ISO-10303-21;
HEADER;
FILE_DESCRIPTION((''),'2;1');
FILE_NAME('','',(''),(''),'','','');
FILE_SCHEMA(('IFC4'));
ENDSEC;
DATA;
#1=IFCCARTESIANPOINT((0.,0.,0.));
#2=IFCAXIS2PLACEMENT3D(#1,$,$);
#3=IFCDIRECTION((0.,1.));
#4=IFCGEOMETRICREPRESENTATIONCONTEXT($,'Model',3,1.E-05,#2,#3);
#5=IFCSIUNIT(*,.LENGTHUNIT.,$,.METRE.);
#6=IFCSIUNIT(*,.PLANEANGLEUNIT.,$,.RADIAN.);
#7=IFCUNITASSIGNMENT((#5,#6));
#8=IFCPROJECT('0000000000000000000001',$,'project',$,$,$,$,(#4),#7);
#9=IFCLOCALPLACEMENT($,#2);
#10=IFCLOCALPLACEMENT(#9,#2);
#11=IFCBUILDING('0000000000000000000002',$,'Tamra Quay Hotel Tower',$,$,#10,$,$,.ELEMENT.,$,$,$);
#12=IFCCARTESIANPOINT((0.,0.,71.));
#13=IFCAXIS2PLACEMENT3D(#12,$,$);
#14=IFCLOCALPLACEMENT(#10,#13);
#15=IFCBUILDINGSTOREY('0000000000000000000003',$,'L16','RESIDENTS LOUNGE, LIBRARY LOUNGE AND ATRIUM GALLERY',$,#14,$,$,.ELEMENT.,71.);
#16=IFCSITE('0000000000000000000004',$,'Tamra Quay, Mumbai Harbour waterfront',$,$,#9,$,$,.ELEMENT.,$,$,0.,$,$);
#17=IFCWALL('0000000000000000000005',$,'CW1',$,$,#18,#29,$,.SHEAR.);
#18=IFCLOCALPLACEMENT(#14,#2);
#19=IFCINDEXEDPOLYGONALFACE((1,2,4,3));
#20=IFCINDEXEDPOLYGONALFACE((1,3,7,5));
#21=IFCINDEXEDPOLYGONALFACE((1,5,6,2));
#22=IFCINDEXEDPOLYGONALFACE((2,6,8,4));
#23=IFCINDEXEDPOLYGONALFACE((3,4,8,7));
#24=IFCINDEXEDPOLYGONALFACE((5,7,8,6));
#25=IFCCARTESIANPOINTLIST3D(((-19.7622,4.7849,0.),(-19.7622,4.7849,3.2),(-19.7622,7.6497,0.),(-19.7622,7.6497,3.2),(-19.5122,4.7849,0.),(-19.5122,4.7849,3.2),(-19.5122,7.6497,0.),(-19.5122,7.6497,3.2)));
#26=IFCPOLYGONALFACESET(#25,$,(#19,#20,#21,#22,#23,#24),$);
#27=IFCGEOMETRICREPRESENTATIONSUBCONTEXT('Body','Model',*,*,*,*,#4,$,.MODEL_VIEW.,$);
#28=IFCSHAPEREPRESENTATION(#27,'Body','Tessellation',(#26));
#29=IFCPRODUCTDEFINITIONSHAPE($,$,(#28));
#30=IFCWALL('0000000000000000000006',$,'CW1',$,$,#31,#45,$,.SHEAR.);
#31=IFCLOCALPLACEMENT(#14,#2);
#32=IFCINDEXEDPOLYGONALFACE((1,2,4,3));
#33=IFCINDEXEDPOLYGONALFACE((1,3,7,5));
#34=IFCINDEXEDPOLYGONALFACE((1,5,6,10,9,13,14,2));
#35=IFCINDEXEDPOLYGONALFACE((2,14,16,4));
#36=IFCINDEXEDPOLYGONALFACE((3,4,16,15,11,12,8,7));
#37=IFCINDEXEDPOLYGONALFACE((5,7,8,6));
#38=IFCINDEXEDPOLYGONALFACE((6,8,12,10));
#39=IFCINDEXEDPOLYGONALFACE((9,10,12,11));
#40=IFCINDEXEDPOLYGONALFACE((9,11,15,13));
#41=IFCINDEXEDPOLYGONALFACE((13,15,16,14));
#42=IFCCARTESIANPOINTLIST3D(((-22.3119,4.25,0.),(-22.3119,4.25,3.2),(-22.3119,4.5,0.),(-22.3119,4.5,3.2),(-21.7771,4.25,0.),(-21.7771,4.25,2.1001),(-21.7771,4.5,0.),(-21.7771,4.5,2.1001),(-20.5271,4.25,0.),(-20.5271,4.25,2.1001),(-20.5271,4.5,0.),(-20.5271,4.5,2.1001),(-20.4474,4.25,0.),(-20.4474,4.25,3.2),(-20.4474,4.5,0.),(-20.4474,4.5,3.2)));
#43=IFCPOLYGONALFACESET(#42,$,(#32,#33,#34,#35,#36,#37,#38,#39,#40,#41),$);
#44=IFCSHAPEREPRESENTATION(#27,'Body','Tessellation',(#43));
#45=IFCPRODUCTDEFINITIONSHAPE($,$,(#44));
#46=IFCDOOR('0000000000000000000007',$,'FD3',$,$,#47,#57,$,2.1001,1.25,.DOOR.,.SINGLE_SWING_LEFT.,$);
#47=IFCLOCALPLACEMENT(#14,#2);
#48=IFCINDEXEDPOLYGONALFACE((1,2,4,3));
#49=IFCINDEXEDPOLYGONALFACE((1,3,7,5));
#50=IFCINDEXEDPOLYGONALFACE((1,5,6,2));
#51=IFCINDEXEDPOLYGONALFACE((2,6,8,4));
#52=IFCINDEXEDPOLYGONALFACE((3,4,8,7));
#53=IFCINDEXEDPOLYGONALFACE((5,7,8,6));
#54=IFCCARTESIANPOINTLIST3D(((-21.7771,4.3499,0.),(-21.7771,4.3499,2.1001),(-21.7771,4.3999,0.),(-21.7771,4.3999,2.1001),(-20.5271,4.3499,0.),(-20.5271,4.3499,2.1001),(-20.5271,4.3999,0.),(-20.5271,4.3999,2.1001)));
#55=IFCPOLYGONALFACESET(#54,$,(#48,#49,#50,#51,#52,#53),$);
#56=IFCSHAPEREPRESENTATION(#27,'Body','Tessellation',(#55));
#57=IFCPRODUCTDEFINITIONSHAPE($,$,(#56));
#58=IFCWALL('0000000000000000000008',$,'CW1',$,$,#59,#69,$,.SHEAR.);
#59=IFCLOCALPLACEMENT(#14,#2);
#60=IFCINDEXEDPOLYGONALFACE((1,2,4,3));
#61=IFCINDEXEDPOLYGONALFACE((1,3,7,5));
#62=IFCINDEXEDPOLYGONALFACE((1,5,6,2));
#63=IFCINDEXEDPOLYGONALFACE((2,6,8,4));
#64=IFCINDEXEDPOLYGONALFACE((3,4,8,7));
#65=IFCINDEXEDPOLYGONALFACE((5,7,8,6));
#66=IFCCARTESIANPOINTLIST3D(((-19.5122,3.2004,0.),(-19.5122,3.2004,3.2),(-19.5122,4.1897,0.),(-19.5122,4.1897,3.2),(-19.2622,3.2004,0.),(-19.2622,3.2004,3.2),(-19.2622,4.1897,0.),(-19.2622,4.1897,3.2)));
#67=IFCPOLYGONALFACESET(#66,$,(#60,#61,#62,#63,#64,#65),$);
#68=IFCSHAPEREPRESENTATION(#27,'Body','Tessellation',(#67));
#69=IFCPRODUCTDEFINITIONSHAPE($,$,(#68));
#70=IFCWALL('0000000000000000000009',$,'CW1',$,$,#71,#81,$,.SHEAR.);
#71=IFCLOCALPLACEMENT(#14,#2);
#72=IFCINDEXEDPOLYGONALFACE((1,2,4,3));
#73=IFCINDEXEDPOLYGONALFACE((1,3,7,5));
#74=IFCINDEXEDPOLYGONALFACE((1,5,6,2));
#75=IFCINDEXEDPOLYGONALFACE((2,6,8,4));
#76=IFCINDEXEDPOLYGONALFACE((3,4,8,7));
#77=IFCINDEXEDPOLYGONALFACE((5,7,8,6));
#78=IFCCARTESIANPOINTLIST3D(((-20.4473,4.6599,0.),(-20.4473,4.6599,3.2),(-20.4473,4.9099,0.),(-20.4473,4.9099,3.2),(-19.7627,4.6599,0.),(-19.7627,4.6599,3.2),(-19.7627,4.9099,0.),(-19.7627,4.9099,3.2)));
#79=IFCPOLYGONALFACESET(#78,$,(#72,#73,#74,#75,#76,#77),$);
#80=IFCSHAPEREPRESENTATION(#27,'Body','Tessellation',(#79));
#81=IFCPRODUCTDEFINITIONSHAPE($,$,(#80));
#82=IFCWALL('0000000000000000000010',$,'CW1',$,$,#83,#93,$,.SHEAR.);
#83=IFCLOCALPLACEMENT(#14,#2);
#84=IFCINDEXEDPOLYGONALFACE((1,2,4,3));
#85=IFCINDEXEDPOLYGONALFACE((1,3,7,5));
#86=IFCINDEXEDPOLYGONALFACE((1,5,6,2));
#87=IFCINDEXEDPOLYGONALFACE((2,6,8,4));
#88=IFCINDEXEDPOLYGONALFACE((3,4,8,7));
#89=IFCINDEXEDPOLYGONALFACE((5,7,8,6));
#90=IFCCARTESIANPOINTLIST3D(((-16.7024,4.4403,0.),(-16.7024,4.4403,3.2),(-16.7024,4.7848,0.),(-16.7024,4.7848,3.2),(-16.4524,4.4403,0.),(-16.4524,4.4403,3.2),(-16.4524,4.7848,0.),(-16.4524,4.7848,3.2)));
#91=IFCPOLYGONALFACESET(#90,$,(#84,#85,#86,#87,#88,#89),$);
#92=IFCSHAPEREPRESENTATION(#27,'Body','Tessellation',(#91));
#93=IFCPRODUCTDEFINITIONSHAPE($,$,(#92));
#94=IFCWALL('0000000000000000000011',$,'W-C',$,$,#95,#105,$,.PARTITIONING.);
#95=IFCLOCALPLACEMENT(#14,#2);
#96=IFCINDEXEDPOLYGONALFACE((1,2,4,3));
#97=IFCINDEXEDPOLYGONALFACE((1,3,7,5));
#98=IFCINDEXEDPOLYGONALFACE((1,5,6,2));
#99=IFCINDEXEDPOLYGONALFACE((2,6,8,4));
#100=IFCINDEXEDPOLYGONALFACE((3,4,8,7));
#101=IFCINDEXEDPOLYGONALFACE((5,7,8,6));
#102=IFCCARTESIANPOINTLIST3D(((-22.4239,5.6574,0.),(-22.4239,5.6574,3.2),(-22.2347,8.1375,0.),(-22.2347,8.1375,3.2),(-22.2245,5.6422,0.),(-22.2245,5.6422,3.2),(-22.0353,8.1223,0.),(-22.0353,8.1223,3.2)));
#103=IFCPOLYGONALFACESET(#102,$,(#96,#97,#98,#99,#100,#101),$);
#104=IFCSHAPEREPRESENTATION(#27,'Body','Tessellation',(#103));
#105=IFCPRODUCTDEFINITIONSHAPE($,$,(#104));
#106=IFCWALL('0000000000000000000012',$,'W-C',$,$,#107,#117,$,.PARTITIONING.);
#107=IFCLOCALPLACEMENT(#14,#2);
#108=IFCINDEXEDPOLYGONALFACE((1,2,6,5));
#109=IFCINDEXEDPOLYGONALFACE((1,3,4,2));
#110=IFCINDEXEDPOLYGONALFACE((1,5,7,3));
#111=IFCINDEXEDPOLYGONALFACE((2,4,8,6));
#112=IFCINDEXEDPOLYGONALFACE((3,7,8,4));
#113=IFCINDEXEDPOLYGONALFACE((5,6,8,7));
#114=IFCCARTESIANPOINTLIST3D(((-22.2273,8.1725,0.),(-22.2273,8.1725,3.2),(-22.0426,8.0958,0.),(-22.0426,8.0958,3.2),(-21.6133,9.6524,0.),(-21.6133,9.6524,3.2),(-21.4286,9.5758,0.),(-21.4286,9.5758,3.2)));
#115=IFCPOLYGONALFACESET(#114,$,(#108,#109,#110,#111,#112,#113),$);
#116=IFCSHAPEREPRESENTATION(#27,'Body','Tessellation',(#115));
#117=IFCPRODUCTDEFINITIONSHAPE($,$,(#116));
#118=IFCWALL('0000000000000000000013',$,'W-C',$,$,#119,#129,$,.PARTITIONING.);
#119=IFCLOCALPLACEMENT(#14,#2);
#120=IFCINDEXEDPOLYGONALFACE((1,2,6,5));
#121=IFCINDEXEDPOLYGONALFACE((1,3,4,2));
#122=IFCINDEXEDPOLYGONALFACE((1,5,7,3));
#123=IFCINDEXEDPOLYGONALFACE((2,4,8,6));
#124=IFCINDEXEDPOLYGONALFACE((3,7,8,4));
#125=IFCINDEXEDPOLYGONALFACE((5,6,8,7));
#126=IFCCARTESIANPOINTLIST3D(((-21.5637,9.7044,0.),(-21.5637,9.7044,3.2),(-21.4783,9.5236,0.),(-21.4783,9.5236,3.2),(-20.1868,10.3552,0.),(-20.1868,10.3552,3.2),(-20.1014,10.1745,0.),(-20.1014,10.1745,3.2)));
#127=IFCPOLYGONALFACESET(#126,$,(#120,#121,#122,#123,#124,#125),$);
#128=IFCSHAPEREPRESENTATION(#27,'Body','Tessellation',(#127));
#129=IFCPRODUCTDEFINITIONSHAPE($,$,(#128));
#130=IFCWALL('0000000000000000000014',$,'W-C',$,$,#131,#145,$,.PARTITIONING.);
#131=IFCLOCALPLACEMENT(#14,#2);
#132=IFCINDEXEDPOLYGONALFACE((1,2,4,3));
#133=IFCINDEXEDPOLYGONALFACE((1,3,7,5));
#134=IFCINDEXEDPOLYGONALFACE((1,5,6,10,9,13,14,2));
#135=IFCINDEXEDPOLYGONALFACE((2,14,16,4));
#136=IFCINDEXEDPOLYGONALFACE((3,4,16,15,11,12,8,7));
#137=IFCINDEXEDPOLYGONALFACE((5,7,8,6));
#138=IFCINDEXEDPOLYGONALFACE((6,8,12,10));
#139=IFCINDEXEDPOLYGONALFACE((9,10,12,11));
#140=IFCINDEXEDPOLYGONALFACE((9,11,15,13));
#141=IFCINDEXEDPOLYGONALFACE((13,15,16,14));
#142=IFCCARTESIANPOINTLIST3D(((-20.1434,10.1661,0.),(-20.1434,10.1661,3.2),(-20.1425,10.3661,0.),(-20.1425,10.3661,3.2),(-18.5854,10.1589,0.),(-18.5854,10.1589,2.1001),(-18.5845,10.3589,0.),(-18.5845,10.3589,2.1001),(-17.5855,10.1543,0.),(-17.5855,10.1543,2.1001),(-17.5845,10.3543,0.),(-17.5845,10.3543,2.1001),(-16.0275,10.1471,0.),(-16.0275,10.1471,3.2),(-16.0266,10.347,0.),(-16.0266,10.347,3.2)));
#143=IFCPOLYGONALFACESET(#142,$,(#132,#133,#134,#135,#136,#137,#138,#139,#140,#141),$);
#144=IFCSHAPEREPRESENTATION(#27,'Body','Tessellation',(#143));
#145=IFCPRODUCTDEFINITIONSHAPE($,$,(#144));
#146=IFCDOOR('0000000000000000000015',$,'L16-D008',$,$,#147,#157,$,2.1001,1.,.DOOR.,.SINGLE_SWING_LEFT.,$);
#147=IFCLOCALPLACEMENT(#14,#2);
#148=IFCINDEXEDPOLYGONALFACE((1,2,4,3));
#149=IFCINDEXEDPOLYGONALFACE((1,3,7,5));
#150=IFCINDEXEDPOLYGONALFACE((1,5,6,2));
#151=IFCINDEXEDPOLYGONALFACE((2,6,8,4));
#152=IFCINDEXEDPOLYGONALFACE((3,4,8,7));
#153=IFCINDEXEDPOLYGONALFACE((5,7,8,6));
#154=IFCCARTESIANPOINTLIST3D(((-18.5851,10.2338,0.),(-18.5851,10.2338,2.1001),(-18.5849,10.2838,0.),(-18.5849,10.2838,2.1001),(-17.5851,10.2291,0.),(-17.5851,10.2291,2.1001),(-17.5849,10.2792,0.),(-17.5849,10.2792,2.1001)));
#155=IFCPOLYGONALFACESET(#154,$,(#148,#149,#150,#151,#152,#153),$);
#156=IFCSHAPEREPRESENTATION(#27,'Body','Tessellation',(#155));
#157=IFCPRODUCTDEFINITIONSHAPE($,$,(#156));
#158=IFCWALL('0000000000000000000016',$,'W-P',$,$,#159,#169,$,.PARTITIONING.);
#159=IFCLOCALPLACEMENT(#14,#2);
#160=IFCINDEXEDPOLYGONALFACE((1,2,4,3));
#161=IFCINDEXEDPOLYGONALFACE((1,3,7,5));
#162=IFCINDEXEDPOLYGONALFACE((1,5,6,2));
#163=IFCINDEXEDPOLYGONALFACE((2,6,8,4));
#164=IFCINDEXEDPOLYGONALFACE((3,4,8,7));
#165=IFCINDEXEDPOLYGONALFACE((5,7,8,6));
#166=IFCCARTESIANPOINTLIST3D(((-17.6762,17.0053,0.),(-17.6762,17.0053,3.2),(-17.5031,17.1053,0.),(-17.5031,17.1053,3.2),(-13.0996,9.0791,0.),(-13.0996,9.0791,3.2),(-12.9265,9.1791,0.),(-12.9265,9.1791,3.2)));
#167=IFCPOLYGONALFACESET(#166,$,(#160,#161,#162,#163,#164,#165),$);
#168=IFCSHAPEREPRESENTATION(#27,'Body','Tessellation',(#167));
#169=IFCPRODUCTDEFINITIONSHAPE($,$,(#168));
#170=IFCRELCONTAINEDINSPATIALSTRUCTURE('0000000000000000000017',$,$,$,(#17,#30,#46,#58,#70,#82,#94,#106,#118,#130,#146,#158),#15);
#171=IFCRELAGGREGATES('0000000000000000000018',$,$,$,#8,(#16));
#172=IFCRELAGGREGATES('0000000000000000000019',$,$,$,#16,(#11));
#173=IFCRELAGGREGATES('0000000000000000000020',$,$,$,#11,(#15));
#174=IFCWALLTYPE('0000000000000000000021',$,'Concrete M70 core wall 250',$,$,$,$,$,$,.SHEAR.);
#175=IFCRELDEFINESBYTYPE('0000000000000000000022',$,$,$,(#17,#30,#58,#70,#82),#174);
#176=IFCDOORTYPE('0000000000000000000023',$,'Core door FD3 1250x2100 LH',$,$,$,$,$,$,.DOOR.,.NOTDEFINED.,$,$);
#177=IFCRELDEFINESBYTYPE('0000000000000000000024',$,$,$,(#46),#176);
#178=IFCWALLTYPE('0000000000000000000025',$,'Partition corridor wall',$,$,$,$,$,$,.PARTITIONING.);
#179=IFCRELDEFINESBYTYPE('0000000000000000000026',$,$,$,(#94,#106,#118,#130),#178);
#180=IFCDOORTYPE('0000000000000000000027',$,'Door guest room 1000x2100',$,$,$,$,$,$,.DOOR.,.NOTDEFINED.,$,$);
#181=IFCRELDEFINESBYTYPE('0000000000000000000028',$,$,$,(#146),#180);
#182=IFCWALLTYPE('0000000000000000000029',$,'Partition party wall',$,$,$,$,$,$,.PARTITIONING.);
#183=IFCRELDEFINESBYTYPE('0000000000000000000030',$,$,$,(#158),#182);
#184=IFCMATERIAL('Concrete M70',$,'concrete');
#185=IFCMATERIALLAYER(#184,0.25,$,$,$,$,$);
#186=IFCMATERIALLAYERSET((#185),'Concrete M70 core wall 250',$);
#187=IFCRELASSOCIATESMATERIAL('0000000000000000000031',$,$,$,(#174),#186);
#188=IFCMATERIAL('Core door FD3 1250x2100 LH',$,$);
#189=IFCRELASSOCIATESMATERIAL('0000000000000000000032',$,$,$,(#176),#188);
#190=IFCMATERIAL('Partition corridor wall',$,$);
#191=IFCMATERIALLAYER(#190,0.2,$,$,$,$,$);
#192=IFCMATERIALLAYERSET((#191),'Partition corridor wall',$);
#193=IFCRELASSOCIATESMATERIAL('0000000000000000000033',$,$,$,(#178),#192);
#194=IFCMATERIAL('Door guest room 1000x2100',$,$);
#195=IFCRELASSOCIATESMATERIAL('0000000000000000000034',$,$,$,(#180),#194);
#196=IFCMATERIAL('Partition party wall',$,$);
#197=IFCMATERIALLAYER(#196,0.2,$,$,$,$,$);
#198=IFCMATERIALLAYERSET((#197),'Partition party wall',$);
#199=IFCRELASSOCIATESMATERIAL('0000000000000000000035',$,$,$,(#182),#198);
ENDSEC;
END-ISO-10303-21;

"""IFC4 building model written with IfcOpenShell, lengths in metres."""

from ifc_helpers import new_model, si_unit, direction, frame, frame_2d, origin, place, context, subcontext, project, spatial, rectangle, extrude, material, layer, layer_set, type_object, element, fill, save


model = new_model("IFC4")

# Units and contexts
model_context = context("Model", 3, precision=1e-05, world=origin(), true_north=direction((0.0, 1.0)))
body_context = subcontext(model_context, "Body", "Model", "MODEL_VIEW")
ifc_project = project(units=[si_unit("LENGTHUNIT", "METRE"), si_unit("PLANEANGLEUNIT", "RADIAN")], contexts=[model_context])

# Site, building, storey
site_placement = place(None, origin())
site = spatial("IfcSite", under=ifc_project, at=site_placement, Name="Tamra Quay, Mumbai Harbour waterfront", CompositionType="ELEMENT", RefElevation=0.0)
building_placement = place(site_placement, origin())
building = spatial("IfcBuilding", under=site, at=building_placement, Name="Tamra Quay Hotel Tower", CompositionType="ELEMENT")
storey_placement = place(building_placement, frame((0.0, 0.0, 71.0)))
storey = spatial("IfcBuildingStorey", under=building, at=storey_placement, Name="L16", Description="RESIDENTS LOUNGE, LIBRARY LOUNGE AND ATRIUM GALLERY", CompositionType="ELEMENT", Elevation=71.0)

# Shared definitions
ifc_material_1 = material(Name="Concrete M70", Category="concrete")

# Wall
ifc_layer_1 = layer(ifc_material_1, 0.25)
ifc_layer_set_1 = layer_set([ifc_layer_1], Name="Concrete M70 core wall 250")
wall_type_1 = type_object("IfcWallType", Name="Concrete M70 core wall 250", PredefinedType="SHEAR", material=ifc_layer_set_1)
for number, where, z_axis, x_axis, name in (
    (1, (-19.6372, 4.7849, 0.0), (0.0, 0.0, 1.0), (0.0, 1.0, 0.0), "CW1"),
):
    element("IfcWall", number, at=place(storey_placement, frame(where, z_axis=z_axis, x_axis=x_axis)), inside=storey, type_object=wall_type_1, Name=name, PredefinedType="SHEAR", context=body_context, shape_type="SweptSolid", body=[
        extrude(rectangle(XDim=2.8647, YDim=0.25, at=frame_2d((1.4324, 0.0))), origin(), (0.0, 0.0, 1.0), 3.2),
    ])

# Wall, opening, door
wall_1_placement = place(storey_placement, frame((-22.3118, 4.375, 0.0), z_axis=(0.0, 0.0, 1.0), x_axis=(1.0, 0.0, 0.0)))
wall_1 = element("IfcWall", 2, at=wall_1_placement, inside=storey, type_object=wall_type_1, Name="CW1", PredefinedType="SHEAR", context=body_context, shape_type="SweptSolid", body=[
    extrude(rectangle(XDim=1.8645, YDim=0.25, at=frame_2d((0.9321, 0.0))), origin(), (0.0, 0.0, 1.0), 3.2),
])
opening_1_placement = place(wall_1_placement, frame((0.5347, 0.0, 0.0)))
opening_1 = element("IfcOpeningElement", 3, at=opening_1_placement, cuts=wall_1, PredefinedType="OPENING", context=body_context, shape_type="SweptSolid", body=[
    extrude(rectangle(XDim=1.25, YDim=2.1001, at=frame_2d((0.625, 1.05))), frame((0.0, 0.135, 0.0), z_axis=(0.0, -1.0, 0.0), x_axis=(1.0, 0.0, 0.0)), (0.0, 0.0, 1.0), 0.27),
])
ifc_material_2 = material(Name="Core door FD3 1250x2100 LH")
door_type_1 = type_object("IfcDoorType", Name="Core door FD3 1250x2100 LH", OperationType="NOTDEFINED", PredefinedType="DOOR", material=ifc_material_2)
door_1_placement = place(opening_1_placement, origin())
door_1 = element("IfcDoor", 4, at=door_1_placement, inside=storey, type_object=door_type_1, Name="FD3", OperationType="SINGLE_SWING_LEFT", OverallHeight=2.1001, OverallWidth=1.25, PredefinedType="DOOR", context=body_context, shape_type="SweptSolid", body=[
    extrude(rectangle(XDim=1.25, YDim=2.1001, at=frame_2d((0.625, 1.05))), frame((0.0, 0.0249, 0.0), z_axis=(0.0, -1.0, 0.0), x_axis=(1.0, 0.0, 0.0)), (0.0, 0.0, 1.0), 0.05),
])
fill(opening_1, door_1)

# Walls
wall_2_placement = place(storey_placement, frame((-19.3872, 4.1897, 0.0), z_axis=(0.0, 0.0, 1.0), x_axis=(0.0, -1.0, 0.0)))
element("IfcWall", 5, at=wall_2_placement, inside=storey, type_object=wall_type_1, Name="CW1", PredefinedType="SHEAR", context=body_context, shape_type="SweptSolid", body=[
    extrude(rectangle(XDim=0.9893, YDim=0.25, at=frame_2d((0.4946, 0.0))), origin(), (0.0, 0.0, 1.0), 3.2),
])
wall_3_placement = place(storey_placement, frame((-20.4473, 4.7849, 0.0), z_axis=(0.0, 0.0, 1.0), x_axis=(1.0, 0.0, 0.0)))
element("IfcWall", 6, at=wall_3_placement, inside=storey, type_object=wall_type_1, Name="CW1", PredefinedType="SHEAR", context=body_context, shape_type="SweptSolid", body=[
    extrude(rectangle(XDim=0.6846, YDim=0.25, at=frame_2d((0.3423, 0.0))), origin(), (0.0, 0.0, 1.0), 3.2),
])
wall_4_placement = place(storey_placement, frame((-16.5774, 4.7849, 0.0), z_axis=(0.0, 0.0, 1.0), x_axis=(0.0, -1.0, 0.0)))
element("IfcWall", 7, at=wall_4_placement, inside=storey, type_object=wall_type_1, Name="CW1", PredefinedType="SHEAR", context=body_context, shape_type="SweptSolid", body=[
    extrude(rectangle(XDim=0.3445, YDim=0.25, at=frame_2d((0.1724, 0.0))), origin(), (0.0, 0.0, 1.0), 3.2),
])
ifc_material_3 = material(Name="Partition corridor wall")
ifc_layer_2 = layer(ifc_material_3, 0.2)
ifc_layer_set_2 = layer_set([ifc_layer_2], Name="Partition corridor wall")
wall_type_2 = type_object("IfcWallType", Name="Partition corridor wall", PredefinedType="PARTITIONING", material=ifc_layer_set_2)
wall_5_placement = place(storey_placement, frame((-22.135, 8.1299, 0.0), z_axis=(0.0, 0.0, 1.0), x_axis=(-0.076073, -0.997102, 0.0)))
element("IfcWall", 8, at=wall_5_placement, inside=storey, type_object=wall_type_2, Name="W-C", PredefinedType="PARTITIONING", context=body_context, shape_type="SweptSolid", body=[
    extrude(rectangle(XDim=2.4873, YDim=0.2, at=frame_2d((1.2437, 0.0))), origin(), (0.0, 0.0, 1.0), 3.2),
])
wall_6_placement = place(storey_placement, frame((-22.135, 8.134, 0.0), z_axis=(0.0, 0.0, 1.0), x_axis=(0.383208, 0.923662, 0.0)))
element("IfcWall", 9, at=wall_6_placement, inside=storey, type_object=wall_type_2, Name="W-C", PredefinedType="PARTITIONING", context=body_context, shape_type="SweptSolid", body=[
    extrude(rectangle(XDim=1.6023, YDim=0.2, at=frame_2d((0.8013, 0.0))), origin(), (0.0, 0.0, 1.0), 3.2),
])
wall_7_placement = place(storey_placement, frame((-21.521, 9.614, 0.0), z_axis=(0.0, 0.0, 1.0), x_axis=(0.904084, 0.427356, 0.0)))
element("IfcWall", 10, at=wall_7_placement, inside=storey, type_object=wall_type_2, Name="W-C", PredefinedType="PARTITIONING", context=body_context, shape_type="SweptSolid", body=[
    extrude(rectangle(XDim=1.5229, YDim=0.2, at=frame_2d((0.7615, 0.0))), origin(), (0.0, 0.0, 1.0), 3.2),
])

# Wall, opening, door
wall_8_placement = place(storey_placement, frame((-20.1431, 10.2661, 0.0), z_axis=(0.0, 0.0, 1.0), x_axis=(0.999989, -0.004627, 0.0)))
wall_8 = element("IfcWall", 11, at=wall_8_placement, inside=storey, type_object=wall_type_2, Name="W-C", PredefinedType="PARTITIONING", context=body_context, shape_type="SweptSolid", body=[
    extrude(rectangle(XDim=4.116, YDim=0.2, at=frame_2d((2.0581, 0.0))), origin(), (0.0, 0.0, 1.0), 3.2),
])
opening_2_placement = place(wall_8_placement, frame((1.5581, 0.0, 0.0)))
opening_2 = element("IfcOpeningElement", 12, at=opening_2_placement, cuts=wall_8, PredefinedType="OPENING", context=body_context, shape_type="SweptSolid", body=[
    extrude(rectangle(XDim=1.0, YDim=2.1001, at=frame_2d((0.5, 1.05))), frame((0.0, 0.1099, 0.0), z_axis=(0.0, -1.0, 0.0), x_axis=(1.0, 0.0, 0.0)), (0.0, 0.0, 1.0), 0.22),
])
ifc_material_4 = material(Name="Door guest room 1000x2100")
door_type_2 = type_object("IfcDoorType", Name="Door guest room 1000x2100", OperationType="NOTDEFINED", PredefinedType="DOOR", material=ifc_material_4)
door_2_placement = place(opening_2_placement, origin())
door_2 = element("IfcDoor", 13, at=door_2_placement, inside=storey, type_object=door_type_2, Name="L16-D008", OperationType="SINGLE_SWING_LEFT", OverallHeight=2.1001, OverallWidth=1.0, PredefinedType="DOOR", context=body_context, shape_type="SweptSolid", body=[
    extrude(rectangle(XDim=1.0, YDim=2.1001, at=frame_2d((0.5, 1.05))), frame((0.0, 0.0249, 0.0), z_axis=(0.0, -1.0, 0.0), x_axis=(1.0, 0.0, 0.0)), (0.0, 0.0, 1.0), 0.05),
])
fill(opening_2, door_2)

# Wall
ifc_material_5 = material(Name="Partition party wall")
ifc_layer_3 = layer(ifc_material_5, 0.2)
ifc_layer_set_3 = layer_set([ifc_layer_3], Name="Partition party wall")
wall_type_3 = type_object("IfcWallType", Name="Partition party wall", PredefinedType="PARTITIONING", material=ifc_layer_set_3)
wall_9_placement = place(storey_placement, frame((-17.5896, 17.0552, 0.0), z_axis=(0.0, 0.0, 1.0), x_axis=(0.500035, -0.866005, 0.0)))
element("IfcWall", 14, at=wall_9_placement, inside=storey, type_object=wall_type_3, Name="W-P", PredefinedType="PARTITIONING", context=body_context, shape_type="SweptSolid", body=[
    extrude(rectangle(XDim=9.1526, YDim=0.2, at=frame_2d((4.5762, 0.0))), origin(), (0.0, 0.0, 1.0), 3.2),
])

save(model, "model.ifc")
